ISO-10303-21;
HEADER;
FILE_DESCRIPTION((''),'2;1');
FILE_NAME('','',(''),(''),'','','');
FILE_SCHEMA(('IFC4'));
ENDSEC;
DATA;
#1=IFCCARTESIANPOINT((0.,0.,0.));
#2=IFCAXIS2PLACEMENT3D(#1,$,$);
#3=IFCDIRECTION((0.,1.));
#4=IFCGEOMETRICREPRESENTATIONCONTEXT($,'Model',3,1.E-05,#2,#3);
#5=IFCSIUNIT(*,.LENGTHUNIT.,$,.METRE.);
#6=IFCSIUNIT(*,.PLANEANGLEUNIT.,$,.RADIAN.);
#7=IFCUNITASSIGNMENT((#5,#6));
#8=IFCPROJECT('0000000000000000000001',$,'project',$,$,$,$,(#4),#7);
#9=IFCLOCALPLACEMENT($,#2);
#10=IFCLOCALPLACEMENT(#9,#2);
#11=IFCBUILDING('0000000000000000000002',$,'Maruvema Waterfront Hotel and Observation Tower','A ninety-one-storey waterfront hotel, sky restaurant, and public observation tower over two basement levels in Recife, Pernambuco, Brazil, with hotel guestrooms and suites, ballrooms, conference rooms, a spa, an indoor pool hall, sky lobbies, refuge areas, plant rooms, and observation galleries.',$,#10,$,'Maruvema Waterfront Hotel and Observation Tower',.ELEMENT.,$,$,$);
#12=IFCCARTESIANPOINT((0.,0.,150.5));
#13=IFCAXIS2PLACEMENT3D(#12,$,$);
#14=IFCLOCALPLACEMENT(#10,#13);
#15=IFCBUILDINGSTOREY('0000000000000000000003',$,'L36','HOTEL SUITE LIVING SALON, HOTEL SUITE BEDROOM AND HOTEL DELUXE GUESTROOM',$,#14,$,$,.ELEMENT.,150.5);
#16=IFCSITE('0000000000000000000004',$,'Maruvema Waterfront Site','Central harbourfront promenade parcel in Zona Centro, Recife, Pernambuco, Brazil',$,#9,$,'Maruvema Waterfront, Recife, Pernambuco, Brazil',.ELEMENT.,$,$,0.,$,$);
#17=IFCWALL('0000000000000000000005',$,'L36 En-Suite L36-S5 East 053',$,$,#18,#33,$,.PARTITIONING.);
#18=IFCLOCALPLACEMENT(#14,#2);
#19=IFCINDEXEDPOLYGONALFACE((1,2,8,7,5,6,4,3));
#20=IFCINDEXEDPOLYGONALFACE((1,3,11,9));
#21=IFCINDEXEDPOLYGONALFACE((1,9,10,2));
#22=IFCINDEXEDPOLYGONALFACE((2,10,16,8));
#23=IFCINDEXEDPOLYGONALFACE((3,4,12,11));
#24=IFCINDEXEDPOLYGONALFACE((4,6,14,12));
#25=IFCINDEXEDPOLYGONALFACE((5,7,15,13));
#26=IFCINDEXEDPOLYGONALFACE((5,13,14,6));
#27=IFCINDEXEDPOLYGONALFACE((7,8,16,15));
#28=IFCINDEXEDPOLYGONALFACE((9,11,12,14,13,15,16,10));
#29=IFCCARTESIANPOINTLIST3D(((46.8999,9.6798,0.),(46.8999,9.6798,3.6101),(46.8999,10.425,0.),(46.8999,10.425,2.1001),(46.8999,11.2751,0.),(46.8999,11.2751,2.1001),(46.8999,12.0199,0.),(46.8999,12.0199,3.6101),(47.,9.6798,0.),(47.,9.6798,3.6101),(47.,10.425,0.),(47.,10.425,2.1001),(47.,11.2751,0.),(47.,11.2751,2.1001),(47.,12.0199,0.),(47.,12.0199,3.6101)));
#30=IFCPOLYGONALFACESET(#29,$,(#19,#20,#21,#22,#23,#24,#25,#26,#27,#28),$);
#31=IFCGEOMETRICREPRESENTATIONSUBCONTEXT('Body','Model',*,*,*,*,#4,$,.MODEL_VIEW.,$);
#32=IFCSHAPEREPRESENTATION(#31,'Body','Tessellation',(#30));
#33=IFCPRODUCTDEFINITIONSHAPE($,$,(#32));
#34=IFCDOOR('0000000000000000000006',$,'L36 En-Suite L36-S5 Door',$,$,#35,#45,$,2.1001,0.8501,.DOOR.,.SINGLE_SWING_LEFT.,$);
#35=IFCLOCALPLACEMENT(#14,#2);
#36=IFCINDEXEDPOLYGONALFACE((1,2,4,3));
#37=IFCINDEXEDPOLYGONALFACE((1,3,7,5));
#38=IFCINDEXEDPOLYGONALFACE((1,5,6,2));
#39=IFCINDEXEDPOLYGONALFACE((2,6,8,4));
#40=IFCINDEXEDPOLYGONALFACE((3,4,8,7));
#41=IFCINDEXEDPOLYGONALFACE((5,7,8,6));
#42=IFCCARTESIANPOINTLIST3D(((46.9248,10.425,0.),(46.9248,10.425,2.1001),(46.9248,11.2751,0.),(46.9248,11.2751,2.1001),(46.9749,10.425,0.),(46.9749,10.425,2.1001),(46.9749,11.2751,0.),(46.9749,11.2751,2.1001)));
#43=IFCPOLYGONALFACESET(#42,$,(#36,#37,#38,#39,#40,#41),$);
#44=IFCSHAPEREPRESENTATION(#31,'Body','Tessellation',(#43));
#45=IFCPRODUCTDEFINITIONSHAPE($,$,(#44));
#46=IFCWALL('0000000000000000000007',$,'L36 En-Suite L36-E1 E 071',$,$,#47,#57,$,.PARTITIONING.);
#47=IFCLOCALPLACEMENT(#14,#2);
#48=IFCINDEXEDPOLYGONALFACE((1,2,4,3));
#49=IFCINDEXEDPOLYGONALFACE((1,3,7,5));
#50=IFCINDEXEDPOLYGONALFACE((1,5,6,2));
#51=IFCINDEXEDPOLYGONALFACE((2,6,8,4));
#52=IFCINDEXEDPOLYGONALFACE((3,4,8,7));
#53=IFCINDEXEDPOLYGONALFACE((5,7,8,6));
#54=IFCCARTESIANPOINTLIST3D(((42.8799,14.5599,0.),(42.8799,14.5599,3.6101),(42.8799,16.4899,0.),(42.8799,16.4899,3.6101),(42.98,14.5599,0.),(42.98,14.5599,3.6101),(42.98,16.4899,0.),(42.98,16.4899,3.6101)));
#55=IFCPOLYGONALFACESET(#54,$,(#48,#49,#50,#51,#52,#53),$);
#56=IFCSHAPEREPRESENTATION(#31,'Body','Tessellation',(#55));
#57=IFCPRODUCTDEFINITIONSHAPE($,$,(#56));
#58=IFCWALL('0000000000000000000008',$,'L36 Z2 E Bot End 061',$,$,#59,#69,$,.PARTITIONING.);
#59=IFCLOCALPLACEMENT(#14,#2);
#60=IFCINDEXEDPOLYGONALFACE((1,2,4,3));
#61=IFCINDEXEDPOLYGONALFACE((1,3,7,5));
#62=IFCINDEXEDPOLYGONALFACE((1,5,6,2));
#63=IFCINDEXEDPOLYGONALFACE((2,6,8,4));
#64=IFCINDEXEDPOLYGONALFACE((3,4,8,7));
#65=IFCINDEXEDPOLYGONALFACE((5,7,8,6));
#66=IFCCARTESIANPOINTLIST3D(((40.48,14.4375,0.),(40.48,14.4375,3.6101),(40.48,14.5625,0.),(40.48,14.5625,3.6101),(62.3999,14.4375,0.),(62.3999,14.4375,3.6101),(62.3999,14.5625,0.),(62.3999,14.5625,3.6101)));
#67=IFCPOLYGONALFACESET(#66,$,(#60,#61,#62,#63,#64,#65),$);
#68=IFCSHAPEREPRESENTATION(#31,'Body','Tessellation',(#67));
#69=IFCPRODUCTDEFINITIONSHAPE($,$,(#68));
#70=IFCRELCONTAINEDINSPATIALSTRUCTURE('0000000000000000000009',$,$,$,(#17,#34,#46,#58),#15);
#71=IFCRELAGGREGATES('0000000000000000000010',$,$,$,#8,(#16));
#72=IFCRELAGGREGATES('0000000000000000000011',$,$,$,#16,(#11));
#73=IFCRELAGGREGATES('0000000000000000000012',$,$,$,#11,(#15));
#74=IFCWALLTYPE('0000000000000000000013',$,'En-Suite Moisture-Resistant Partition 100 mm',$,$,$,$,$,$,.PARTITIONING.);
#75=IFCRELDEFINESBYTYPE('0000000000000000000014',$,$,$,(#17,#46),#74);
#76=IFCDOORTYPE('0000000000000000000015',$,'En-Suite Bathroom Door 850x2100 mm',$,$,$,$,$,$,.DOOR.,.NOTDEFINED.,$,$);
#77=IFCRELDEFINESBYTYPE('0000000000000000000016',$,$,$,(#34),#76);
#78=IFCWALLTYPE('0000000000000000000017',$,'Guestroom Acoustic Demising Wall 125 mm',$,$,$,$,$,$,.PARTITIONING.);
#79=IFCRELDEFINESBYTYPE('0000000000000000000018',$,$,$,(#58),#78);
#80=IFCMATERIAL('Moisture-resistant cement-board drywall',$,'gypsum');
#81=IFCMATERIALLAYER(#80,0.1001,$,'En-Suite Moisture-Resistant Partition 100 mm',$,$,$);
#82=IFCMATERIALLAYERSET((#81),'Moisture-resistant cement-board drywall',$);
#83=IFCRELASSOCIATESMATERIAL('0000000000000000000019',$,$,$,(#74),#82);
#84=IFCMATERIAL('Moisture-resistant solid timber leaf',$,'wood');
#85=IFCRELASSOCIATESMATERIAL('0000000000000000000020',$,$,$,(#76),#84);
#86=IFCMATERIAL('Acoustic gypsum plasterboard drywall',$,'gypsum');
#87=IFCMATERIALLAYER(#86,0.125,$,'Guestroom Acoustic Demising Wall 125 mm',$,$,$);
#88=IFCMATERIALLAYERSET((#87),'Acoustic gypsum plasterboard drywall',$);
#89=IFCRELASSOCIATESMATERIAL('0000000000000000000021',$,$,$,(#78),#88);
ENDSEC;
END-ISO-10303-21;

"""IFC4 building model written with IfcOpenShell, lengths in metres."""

from ifc_helpers import new_model, si_unit, direction, frame, frame_2d, origin, place, context, subcontext, project, spatial, rectangle, extrude, material, layer, layer_set, type_object, element, fill, save


model = new_model("IFC4")

# Units and contexts
model_context = context("Model", 3, precision=1e-05, world=origin(), true_north=direction((0.0, 1.0)))
body_context = subcontext(model_context, "Body", "Model", "MODEL_VIEW")
ifc_project = project(units=[si_unit("LENGTHUNIT", "METRE"), si_unit("PLANEANGLEUNIT", "RADIAN")], contexts=[model_context])

# Site, building, storey
site_placement = place(None, origin())
site = spatial("IfcSite", under=ifc_project, at=site_placement, Name="Maruvema Waterfront Site", Description="Central harbourfront promenade parcel in Zona Centro, Recife, Pernambuco, Brazil", LongName="Maruvema Waterfront, Recife, Pernambuco, Brazil", CompositionType="ELEMENT", RefElevation=0.0)
building_placement = place(site_placement, origin())
building = spatial("IfcBuilding", under=site, at=building_placement, Name="Maruvema Waterfront Hotel and Observation Tower", Description="A ninety-one-storey waterfront hotel, sky restaurant, and public observation tower over two basement levels in Recife, Pernambuco, Brazil, with hotel guestrooms and suites, ballrooms, conference rooms, a spa, an indoor pool hall, sky lobbies, refuge areas, plant rooms, and observation galleries.", LongName="Maruvema Waterfront Hotel and Observation Tower", CompositionType="ELEMENT")
storey_placement = place(building_placement, frame((0.0, 0.0, 150.5)))
storey = spatial("IfcBuildingStorey", under=building, at=storey_placement, Name="L36", Description="HOTEL SUITE LIVING SALON, HOTEL SUITE BEDROOM AND HOTEL DELUXE GUESTROOM", CompositionType="ELEMENT", Elevation=150.5)

# Shared definitions
ifc_material_1 = material(Name="Moisture-resistant cement-board drywall", Category="gypsum")
ifc_layer_1 = layer(ifc_material_1, 0.1001, Name="En-Suite Moisture-Resistant Partition 100 mm")
ifc_layer_set_1 = layer_set([ifc_layer_1], Name="Moisture-resistant cement-board drywall")
wall_type_1 = type_object("IfcWallType", Name="En-Suite Moisture-Resistant Partition 100 mm", PredefinedType="PARTITIONING", material=ifc_layer_set_1)
ifc_material_2 = material(Name="Moisture-resistant solid timber leaf", Category="wood")
door_type_1 = type_object("IfcDoorType", Name="En-Suite Bathroom Door 850x2100 mm", OperationType="NOTDEFINED", PredefinedType="DOOR", material=ifc_material_2)

# Wall, opening, door
wall_1_placement = place(storey_placement, frame((46.95, 9.6799, 0.0), z_axis=(0.0, 0.0, 1.0), x_axis=(0.0, 1.0, 0.0)))
wall_1 = element("IfcWall", 1, at=wall_1_placement, inside=storey, type_object=wall_type_1, Name="L36 En-Suite L36-S5 East 053", PredefinedType="PARTITIONING", context=body_context, shape_type="SweptSolid", body=[
    extrude(rectangle(XDim=2.3401, YDim=0.1001, at=frame_2d((1.1699, 0.0))), origin(), (0.0, 0.0, 1.0), 3.6101),
])
opening_1_placement = place(wall_1_placement, frame((0.7451, 0.0, 0.0)))
opening_1 = element("IfcOpeningElement", 2, at=opening_1_placement, cuts=wall_1, PredefinedType="OPENING", context=body_context, shape_type="SweptSolid", body=[
    extrude(rectangle(XDim=0.8501, YDim=2.1001, at=frame_2d((0.425, 1.05))), frame((0.0, 0.0601, 0.0), z_axis=(0.0, -1.0, 0.0), x_axis=(1.0, 0.0, 0.0)), (0.0, 0.0, 1.0), 0.1201),
])
door_1_placement = place(opening_1_placement, frame((0.8501, 0.0, 0.0), z_axis=(0.0, 0.0, 1.0), x_axis=(-1.0, 0.0, 0.0)))
door_1 = element("IfcDoor", 3, at=door_1_placement, inside=storey, type_object=door_type_1, Name="L36 En-Suite L36-S5 Door", OperationType="SINGLE_SWING_LEFT", OverallHeight=2.1001, OverallWidth=0.8501, PredefinedType="DOOR", context=body_context, shape_type="SweptSolid", body=[
    extrude(rectangle(XDim=0.8501, YDim=2.1001, at=frame_2d((0.425, 1.05))), frame((0.0, 0.0249, 0.0), z_axis=(0.0, -1.0, 0.0), x_axis=(1.0, 0.0, 0.0)), (0.0, 0.0, 1.0), 0.05),
])
fill(opening_1, door_1)

# Walls
wall_2_placement = place(storey_placement, frame((42.9299, 14.5601, 0.0), z_axis=(0.0, 0.0, 1.0), x_axis=(0.0, 1.0, 0.0)))
element("IfcWall", 4, at=wall_2_placement, inside=storey, type_object=wall_type_1, Name="L36 En-Suite L36-E1 E 071", PredefinedType="PARTITIONING", context=body_context, shape_type="SweptSolid", body=[
    extrude(rectangle(XDim=1.9299, YDim=0.1001, at=frame_2d((0.9648, 0.0))), origin(), (0.0, 0.0, 1.0), 3.6101),
])
ifc_material_3 = material(Name="Acoustic gypsum plasterboard drywall", Category="gypsum")
ifc_layer_2 = layer(ifc_material_3, 0.125, Name="Guestroom Acoustic Demising Wall 125 mm")
ifc_layer_set_2 = layer_set([ifc_layer_2], Name="Acoustic gypsum plasterboard drywall")
wall_type_2 = type_object("IfcWallType", Name="Guestroom Acoustic Demising Wall 125 mm", PredefinedType="PARTITIONING", material=ifc_layer_set_2)
wall_3_placement = place(storey_placement, frame((40.48, 14.5, 0.0), z_axis=(0.0, 0.0, 1.0), x_axis=(1.0, 0.0, 0.0)))
element("IfcWall", 5, at=wall_3_placement, inside=storey, type_object=wall_type_2, Name="L36 Z2 E Bot End 061", PredefinedType="PARTITIONING", context=body_context, shape_type="SweptSolid", body=[
    extrude(rectangle(XDim=21.9199, YDim=0.125, at=frame_2d((10.96, 0.0))), origin(), (0.0, 0.0, 1.0), 3.6101),
])

save(model, "model.ifc")
